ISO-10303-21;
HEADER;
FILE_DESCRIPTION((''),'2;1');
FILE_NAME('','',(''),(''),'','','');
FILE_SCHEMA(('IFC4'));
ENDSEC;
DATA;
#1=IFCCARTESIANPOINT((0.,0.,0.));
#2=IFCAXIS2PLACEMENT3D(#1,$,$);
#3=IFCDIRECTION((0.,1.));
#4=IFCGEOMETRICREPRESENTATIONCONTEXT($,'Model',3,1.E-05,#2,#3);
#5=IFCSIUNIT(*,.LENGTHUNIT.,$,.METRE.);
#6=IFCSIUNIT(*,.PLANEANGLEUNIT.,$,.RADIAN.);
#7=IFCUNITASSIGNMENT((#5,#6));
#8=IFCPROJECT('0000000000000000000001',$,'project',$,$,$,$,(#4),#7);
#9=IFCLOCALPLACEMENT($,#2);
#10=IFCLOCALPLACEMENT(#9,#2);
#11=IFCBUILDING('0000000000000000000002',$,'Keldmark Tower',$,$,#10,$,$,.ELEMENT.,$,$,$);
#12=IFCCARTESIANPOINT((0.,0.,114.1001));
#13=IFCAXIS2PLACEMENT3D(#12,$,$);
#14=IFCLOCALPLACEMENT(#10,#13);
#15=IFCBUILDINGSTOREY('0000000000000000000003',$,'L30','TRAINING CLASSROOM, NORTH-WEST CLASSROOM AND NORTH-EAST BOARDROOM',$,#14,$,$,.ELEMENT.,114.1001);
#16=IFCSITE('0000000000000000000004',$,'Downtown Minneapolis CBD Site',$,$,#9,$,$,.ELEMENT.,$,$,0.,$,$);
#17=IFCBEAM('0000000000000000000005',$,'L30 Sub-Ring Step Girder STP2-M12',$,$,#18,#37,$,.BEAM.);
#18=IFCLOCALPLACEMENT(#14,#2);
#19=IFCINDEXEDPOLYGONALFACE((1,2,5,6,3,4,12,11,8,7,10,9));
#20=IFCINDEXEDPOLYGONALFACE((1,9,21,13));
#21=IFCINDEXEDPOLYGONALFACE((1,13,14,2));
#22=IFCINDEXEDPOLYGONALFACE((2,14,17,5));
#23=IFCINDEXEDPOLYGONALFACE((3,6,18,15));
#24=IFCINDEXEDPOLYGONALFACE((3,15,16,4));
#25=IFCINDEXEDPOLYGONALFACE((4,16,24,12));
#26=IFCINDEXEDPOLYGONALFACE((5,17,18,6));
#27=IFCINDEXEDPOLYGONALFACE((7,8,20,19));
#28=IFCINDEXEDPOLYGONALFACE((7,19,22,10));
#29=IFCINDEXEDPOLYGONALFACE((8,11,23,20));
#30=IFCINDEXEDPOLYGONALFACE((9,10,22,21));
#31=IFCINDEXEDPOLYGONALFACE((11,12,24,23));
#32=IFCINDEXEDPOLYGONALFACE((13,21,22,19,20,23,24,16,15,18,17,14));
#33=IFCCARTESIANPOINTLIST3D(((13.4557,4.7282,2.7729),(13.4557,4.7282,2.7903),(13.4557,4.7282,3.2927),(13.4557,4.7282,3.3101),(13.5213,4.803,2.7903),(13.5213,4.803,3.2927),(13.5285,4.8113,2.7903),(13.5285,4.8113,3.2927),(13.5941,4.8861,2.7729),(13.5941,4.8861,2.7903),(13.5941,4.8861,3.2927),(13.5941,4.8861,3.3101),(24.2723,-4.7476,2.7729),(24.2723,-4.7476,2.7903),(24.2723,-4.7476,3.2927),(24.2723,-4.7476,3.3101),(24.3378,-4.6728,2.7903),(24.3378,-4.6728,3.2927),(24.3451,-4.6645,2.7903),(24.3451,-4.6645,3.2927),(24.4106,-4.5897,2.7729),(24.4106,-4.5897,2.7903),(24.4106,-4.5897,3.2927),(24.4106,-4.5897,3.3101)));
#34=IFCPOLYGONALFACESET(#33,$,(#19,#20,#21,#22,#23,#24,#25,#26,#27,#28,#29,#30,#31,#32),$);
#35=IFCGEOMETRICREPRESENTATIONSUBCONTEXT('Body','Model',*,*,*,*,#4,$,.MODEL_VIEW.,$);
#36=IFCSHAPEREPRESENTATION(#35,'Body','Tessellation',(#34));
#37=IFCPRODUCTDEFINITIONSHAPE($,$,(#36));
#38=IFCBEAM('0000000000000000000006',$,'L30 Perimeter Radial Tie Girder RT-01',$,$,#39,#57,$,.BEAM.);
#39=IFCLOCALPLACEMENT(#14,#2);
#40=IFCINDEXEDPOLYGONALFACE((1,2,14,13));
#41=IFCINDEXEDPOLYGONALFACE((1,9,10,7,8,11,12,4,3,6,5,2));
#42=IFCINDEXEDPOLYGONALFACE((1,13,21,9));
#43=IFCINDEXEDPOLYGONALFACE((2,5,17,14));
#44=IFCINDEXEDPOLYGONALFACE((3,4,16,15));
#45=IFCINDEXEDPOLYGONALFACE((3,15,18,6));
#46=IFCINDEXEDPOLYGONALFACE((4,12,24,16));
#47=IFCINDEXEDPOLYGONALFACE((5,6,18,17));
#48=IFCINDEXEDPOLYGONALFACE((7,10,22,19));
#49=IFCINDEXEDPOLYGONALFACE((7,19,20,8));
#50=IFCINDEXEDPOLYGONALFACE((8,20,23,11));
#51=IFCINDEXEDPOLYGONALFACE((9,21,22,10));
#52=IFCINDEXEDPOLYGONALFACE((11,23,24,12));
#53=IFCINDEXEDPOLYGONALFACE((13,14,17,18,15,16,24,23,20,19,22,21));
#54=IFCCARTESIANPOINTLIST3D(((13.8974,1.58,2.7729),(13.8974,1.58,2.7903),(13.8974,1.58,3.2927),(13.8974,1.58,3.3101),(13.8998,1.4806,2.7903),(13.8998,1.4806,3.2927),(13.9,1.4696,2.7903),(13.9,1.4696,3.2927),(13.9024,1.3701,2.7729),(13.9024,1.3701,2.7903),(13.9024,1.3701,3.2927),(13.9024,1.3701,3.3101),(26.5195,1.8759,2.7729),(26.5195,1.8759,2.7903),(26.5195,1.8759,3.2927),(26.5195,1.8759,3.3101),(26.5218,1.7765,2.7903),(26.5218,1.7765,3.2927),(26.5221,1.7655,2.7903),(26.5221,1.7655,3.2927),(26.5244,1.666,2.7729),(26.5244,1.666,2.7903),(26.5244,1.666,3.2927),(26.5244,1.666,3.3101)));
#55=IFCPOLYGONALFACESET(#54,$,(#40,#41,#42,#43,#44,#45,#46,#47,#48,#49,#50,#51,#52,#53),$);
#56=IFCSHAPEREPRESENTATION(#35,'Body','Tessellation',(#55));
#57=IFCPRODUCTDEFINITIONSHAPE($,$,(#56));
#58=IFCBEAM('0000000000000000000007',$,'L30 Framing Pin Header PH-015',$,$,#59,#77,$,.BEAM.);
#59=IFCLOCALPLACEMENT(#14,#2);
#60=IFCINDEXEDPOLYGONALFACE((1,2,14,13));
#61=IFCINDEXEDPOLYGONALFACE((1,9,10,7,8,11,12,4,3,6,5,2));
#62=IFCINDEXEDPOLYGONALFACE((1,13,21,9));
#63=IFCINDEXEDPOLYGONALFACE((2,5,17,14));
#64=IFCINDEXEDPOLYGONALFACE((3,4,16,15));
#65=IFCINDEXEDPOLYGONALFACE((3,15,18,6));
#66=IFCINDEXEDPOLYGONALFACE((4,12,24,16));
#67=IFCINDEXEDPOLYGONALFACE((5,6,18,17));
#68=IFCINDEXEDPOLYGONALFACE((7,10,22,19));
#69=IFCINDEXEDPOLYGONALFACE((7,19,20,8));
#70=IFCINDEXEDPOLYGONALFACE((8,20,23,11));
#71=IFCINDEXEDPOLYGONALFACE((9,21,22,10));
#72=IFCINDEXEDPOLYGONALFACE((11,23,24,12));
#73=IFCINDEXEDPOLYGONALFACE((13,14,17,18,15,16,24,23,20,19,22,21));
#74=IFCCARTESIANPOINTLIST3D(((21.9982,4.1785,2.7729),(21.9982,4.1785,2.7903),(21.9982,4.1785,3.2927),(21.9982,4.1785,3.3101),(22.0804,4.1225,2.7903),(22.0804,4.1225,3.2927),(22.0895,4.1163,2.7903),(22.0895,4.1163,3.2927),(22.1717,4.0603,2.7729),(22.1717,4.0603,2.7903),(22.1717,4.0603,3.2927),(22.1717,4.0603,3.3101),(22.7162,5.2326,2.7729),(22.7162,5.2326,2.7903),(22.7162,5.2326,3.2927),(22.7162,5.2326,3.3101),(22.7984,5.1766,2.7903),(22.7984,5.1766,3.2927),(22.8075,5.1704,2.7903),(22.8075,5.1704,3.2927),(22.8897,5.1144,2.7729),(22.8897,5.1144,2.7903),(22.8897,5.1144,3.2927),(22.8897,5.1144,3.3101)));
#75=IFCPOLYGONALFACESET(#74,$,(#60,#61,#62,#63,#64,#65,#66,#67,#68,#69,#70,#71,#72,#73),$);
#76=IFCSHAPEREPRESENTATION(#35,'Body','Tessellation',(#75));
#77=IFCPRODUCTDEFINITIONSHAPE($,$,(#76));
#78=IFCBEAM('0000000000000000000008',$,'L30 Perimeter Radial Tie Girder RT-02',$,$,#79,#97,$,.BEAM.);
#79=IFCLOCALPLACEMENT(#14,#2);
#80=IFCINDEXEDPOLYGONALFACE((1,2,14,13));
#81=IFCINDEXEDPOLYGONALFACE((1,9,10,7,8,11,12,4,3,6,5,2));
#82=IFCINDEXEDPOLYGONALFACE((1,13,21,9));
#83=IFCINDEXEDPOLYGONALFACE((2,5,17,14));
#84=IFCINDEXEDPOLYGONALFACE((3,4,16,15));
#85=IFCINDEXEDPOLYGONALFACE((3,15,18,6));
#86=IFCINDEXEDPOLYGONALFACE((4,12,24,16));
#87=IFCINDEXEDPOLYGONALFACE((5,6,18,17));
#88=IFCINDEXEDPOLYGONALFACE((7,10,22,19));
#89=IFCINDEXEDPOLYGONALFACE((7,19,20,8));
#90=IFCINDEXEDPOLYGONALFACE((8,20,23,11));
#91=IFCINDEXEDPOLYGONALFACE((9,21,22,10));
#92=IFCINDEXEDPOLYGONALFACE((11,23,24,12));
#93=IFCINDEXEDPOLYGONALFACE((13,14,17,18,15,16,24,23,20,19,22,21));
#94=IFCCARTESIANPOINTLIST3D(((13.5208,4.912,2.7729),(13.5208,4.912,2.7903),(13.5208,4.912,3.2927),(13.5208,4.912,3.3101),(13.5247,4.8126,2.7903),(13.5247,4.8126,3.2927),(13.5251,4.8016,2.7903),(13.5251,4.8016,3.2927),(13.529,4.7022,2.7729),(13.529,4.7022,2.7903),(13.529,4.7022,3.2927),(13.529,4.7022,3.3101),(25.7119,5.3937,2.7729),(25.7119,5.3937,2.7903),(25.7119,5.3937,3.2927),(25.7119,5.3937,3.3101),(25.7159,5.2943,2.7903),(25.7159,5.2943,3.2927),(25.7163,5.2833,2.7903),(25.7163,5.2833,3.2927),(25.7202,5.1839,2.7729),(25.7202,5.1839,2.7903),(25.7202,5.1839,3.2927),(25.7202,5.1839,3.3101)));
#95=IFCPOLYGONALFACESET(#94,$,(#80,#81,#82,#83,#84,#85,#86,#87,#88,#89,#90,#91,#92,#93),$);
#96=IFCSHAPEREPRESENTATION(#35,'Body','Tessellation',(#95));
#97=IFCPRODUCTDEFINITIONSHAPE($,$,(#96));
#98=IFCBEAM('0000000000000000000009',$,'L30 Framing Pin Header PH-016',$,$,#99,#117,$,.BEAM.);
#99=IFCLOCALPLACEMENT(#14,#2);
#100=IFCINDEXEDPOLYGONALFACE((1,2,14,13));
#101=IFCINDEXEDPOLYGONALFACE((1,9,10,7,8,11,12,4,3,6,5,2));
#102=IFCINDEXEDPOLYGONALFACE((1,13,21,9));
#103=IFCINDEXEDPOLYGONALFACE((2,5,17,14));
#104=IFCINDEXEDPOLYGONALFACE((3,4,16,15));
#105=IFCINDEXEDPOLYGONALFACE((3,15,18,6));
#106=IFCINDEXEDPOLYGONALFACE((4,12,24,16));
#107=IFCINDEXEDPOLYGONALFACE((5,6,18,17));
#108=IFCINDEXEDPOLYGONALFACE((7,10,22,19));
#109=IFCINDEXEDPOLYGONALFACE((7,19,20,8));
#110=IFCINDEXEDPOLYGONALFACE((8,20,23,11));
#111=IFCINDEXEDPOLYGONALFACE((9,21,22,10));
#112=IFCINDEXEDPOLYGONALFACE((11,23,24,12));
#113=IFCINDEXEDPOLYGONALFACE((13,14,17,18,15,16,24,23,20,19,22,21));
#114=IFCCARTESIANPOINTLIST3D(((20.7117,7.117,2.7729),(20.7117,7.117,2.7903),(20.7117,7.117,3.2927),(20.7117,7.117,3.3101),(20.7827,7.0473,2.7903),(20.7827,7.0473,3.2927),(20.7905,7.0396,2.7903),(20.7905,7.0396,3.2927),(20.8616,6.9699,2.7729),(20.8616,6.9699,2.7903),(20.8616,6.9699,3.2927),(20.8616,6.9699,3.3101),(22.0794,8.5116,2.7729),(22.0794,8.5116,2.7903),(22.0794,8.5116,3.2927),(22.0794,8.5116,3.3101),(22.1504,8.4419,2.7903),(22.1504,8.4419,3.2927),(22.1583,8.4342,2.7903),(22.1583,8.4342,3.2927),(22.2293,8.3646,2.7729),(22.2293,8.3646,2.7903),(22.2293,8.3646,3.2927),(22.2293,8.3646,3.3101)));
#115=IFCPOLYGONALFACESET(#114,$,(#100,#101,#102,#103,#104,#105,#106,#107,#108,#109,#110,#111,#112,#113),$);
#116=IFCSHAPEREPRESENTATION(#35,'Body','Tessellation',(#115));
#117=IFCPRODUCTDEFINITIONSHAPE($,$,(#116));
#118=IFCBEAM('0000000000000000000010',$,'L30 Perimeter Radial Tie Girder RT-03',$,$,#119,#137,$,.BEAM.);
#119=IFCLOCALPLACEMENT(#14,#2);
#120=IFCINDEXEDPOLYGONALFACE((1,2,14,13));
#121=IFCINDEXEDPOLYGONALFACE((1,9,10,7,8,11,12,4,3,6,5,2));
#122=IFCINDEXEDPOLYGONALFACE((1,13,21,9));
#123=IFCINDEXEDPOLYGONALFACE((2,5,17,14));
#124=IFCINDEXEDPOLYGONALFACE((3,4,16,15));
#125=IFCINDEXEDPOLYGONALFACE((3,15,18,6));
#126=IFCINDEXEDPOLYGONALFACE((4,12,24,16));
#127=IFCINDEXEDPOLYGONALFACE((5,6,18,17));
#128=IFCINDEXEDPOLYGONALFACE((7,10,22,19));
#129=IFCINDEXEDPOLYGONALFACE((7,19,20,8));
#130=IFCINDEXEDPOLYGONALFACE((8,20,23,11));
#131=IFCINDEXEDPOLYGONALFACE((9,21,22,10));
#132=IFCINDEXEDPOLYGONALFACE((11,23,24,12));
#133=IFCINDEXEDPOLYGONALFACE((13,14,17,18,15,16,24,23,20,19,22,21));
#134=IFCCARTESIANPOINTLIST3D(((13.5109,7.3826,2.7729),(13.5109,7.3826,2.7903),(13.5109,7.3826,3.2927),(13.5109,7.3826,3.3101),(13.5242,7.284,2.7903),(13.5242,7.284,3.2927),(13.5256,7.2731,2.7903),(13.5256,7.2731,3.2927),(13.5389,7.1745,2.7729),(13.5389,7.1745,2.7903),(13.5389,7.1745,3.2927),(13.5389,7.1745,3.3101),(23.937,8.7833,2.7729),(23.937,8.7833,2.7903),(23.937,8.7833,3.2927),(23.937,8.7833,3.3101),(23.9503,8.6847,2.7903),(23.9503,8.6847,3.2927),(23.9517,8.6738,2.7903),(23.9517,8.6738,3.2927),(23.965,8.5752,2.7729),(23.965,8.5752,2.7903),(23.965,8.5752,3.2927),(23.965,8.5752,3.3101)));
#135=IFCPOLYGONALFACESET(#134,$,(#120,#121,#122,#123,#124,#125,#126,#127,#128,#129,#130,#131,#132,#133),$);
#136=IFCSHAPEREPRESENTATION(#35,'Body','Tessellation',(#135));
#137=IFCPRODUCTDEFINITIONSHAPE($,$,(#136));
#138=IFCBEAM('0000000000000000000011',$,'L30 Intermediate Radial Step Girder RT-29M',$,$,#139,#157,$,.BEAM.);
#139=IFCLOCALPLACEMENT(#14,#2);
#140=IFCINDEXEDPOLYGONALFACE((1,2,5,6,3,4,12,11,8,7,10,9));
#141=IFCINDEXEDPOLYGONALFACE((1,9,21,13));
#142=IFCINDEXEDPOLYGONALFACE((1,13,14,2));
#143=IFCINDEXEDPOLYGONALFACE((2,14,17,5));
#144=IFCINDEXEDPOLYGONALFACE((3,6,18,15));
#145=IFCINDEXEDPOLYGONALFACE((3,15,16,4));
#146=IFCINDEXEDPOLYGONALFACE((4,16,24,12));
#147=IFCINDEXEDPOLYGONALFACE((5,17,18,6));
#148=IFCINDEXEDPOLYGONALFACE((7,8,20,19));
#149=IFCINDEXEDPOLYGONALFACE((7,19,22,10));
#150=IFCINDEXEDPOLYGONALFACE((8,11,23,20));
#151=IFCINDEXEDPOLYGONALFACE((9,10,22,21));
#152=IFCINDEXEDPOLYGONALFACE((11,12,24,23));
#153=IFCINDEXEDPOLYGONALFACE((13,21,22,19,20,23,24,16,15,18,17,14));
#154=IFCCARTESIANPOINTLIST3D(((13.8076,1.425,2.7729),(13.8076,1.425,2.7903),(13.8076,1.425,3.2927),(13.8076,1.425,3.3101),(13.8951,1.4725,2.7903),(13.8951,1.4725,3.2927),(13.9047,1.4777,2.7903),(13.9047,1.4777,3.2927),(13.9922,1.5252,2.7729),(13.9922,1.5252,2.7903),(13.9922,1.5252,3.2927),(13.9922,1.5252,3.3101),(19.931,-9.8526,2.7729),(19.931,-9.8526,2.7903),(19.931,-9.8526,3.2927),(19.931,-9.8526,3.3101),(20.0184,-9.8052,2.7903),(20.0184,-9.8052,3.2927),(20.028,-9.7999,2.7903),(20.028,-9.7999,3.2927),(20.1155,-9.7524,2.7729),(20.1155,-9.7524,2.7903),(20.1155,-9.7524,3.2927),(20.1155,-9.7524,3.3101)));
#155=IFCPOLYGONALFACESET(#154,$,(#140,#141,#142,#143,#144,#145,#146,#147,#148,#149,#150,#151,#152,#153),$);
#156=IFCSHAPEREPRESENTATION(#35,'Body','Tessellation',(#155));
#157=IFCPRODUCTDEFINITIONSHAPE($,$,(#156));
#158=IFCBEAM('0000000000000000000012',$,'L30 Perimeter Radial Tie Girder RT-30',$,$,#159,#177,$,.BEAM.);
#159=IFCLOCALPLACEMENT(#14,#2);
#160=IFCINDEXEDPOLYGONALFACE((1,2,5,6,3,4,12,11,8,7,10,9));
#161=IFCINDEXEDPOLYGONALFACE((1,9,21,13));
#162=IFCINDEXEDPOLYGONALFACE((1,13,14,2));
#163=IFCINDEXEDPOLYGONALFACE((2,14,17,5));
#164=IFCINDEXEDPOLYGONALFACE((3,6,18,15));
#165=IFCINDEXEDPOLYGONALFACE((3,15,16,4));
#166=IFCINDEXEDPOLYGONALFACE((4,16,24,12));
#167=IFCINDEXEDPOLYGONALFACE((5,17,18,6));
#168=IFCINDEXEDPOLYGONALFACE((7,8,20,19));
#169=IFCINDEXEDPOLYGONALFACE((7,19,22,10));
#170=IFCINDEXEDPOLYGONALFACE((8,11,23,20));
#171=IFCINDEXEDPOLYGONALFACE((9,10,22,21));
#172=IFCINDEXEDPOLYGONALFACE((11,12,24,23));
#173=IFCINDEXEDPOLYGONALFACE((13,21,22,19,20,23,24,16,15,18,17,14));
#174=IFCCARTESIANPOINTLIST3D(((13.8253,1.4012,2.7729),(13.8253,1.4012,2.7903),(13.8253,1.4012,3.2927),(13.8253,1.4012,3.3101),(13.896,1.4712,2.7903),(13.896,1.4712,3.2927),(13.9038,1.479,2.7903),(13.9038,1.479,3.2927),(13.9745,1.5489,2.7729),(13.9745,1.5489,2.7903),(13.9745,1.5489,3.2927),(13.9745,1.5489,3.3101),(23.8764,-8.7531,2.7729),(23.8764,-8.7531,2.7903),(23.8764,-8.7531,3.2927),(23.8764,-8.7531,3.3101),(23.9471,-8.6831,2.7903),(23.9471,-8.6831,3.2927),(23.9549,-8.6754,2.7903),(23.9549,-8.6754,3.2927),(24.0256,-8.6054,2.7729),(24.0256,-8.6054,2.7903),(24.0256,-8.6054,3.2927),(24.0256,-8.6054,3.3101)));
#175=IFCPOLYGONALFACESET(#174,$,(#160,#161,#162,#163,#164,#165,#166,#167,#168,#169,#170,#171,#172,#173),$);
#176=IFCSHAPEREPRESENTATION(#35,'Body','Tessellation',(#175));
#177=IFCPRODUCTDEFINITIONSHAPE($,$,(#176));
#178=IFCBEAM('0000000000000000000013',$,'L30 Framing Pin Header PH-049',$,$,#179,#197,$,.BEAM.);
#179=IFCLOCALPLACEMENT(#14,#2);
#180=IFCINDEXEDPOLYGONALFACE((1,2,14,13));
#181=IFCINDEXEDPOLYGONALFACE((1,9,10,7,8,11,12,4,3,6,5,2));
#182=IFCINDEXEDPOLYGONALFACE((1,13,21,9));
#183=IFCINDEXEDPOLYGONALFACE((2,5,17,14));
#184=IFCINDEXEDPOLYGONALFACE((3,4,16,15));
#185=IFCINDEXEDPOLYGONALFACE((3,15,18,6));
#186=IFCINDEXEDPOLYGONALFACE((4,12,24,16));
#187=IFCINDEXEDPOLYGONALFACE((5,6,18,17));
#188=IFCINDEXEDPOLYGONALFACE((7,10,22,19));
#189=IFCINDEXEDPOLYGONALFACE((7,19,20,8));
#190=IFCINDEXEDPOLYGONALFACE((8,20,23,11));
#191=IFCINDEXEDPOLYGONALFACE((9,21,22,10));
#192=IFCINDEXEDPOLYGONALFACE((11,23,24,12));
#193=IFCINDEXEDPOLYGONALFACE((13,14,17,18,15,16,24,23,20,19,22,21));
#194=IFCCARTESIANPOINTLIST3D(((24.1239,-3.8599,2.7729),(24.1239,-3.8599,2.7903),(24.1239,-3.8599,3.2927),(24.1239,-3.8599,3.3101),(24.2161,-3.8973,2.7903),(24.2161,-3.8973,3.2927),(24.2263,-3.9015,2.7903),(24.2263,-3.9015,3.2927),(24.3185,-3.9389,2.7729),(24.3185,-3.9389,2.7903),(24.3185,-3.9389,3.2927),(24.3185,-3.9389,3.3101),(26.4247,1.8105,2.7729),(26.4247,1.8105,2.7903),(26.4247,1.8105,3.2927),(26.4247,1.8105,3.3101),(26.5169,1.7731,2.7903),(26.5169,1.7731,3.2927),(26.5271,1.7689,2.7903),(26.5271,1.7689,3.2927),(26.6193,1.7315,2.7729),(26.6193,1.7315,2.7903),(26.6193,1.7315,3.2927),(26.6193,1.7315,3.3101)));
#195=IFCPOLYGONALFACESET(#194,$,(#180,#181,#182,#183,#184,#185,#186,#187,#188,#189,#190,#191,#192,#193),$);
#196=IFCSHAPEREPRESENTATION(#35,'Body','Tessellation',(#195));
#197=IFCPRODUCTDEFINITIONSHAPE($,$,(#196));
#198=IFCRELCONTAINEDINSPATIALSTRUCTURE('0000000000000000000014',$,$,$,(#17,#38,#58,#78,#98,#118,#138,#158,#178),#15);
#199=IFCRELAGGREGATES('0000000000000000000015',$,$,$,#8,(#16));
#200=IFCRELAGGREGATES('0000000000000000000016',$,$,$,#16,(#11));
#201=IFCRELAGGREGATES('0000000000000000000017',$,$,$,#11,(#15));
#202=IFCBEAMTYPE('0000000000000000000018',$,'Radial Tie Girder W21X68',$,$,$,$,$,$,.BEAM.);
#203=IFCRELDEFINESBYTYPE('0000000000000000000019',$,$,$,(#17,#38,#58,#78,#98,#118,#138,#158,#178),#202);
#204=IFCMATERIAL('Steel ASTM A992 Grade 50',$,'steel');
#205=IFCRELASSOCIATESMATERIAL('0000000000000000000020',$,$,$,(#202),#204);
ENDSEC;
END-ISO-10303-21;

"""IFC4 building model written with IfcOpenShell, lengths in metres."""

from ifc_helpers import new_model, si_unit, direction, frame, origin, origin_2d, place, context, subcontext, project, spatial, i_section, extrude, material, material_profile, profile_set, type_object, element, save


model = new_model("IFC4")

# Units and contexts
model_context = context("Model", 3, precision=1e-05, world=origin(), true_north=direction((0.0, 1.0)))
body_context = subcontext(model_context, "Body", "Model", "MODEL_VIEW")
ifc_project = project(units=[si_unit("LENGTHUNIT", "METRE"), si_unit("PLANEANGLEUNIT", "RADIAN")], contexts=[model_context])

# Site, building, storey
site_placement = place(None, origin())
site = spatial("IfcSite", under=ifc_project, at=site_placement, Name="Downtown Minneapolis CBD Site", CompositionType="ELEMENT", RefElevation=0.0)
building_placement = place(site_placement, origin())
building = spatial("IfcBuilding", under=site, at=building_placement, Name="Keldmark Tower", CompositionType="ELEMENT")
storey_placement = place(building_placement, frame((0.0, 0.0, 114.1001)))
storey = spatial("IfcBuildingStorey", under=building, at=storey_placement, Name="L30", Description="TRAINING CLASSROOM, NORTH-WEST CLASSROOM AND NORTH-EAST BOARDROOM", CompositionType="ELEMENT", Elevation=114.1001)

# Beams
ifc_material_1 = material(Name="Steel ASTM A992 Grade 50", Category="steel")
ifc_material_profile_1 = material_profile(ifc_material_1, i_section(OverallWidth=0.21, OverallDepth=0.5371, WebThickness=0.011, FlangeThickness=0.0173, at=origin_2d()), Name="W21X68")
ifc_profile_set_1 = profile_set([ifc_material_profile_1], Name="Steel ASTM A992 Grade 50")
beam_type_1 = type_object("IfcBeamType", Name="Radial Tie Girder W21X68", PredefinedType="BEAM", material=ifc_profile_set_1)
beam_1_placement = place(storey_placement, frame((13.5249, 4.8071, 3.0415), z_axis=(0.752188, -0.658948, 0.0), x_axis=(0.658948, 0.752188, 0.0)))
element("IfcBeam", 1, at=beam_1_placement, inside=storey, type_object=beam_type_1, Name="L30 Sub-Ring Step Girder STP2-M12", PredefinedType="BEAM", context=body_context, shape_type="SweptSolid", body=[
    extrude(i_section(OverallWidth=0.21, OverallDepth=0.5371, WebThickness=0.011, FlangeThickness=0.0173, at=origin_2d()), origin(), (0.0, 0.0, 1.0), 14.3801),
])
beam_2_placement = place(storey_placement, frame((13.8999, 1.4751, 3.0415), z_axis=(0.999725, 0.023437, 0.0), x_axis=(-0.023437, 0.999725, 0.0)))
element("IfcBeam", 2, at=beam_2_placement, inside=storey, type_object=beam_type_1, Name="L30 Perimeter Radial Tie Girder RT-01", PredefinedType="BEAM", context=body_context, shape_type="SweptSolid", body=[
    extrude(i_section(OverallWidth=0.21, OverallDepth=0.5371, WebThickness=0.011, FlangeThickness=0.0173, at=origin_2d()), origin(), (0.0, 0.0, 1.0), 12.6255),
])
beam_3_placement = place(storey_placement, frame((22.085, 4.1194, 3.0415), z_axis=(0.562933, 0.826503, 0.0), x_axis=(-0.826503, 0.562933, 0.0)))
element("IfcBeam", 3, at=beam_3_placement, inside=storey, type_object=beam_type_1, Name="L30 Framing Pin Header PH-015", PredefinedType="BEAM", context=body_context, shape_type="SweptSolid", body=[
    extrude(i_section(OverallWidth=0.21, OverallDepth=0.5371, WebThickness=0.011, FlangeThickness=0.0173, at=origin_2d()), origin(), (0.0, 0.0, 1.0), 1.2754),
])
beam_4_placement = place(storey_placement, frame((13.5249, 4.8071, 3.0415), z_axis=(0.99922, 0.039481, 0.0), x_axis=(-0.039481, 0.99922, 0.0)))
element("IfcBeam", 4, at=beam_4_placement, inside=storey, type_object=beam_type_1, Name="L30 Perimeter Radial Tie Girder RT-02", PredefinedType="BEAM", context=body_context, shape_type="SweptSolid", body=[
    extrude(i_section(OverallWidth=0.21, OverallDepth=0.5371, WebThickness=0.011, FlangeThickness=0.0173, at=origin_2d()), origin(), (0.0, 0.0, 1.0), 12.2007),
])
beam_5_placement = place(storey_placement, frame((20.7866, 7.0435, 3.0415), z_axis=(0.700199, 0.713948, 0.0), x_axis=(-0.713948, 0.700199, 0.0)))
element("IfcBeam", 5, at=beam_5_placement, inside=storey, type_object=beam_type_1, Name="L30 Framing Pin Header PH-016", PredefinedType="BEAM", context=body_context, shape_type="SweptSolid", body=[
    extrude(i_section(OverallWidth=0.21, OverallDepth=0.5371, WebThickness=0.011, FlangeThickness=0.0173, at=origin_2d()), origin(), (0.0, 0.0, 1.0), 1.9534),
])
beam_6_placement = place(storey_placement, frame((13.5249, 7.2786, 3.0415), z_axis=(0.991097, 0.133144, 0.0), x_axis=(-0.133144, 0.991097, 0.0)))
element("IfcBeam", 6, at=beam_6_placement, inside=storey, type_object=beam_type_1, Name="L30 Perimeter Radial Tie Girder RT-03", PredefinedType="BEAM", context=body_context, shape_type="SweptSolid", body=[
    extrude(i_section(OverallWidth=0.21, OverallDepth=0.5371, WebThickness=0.011, FlangeThickness=0.0173, at=origin_2d()), origin(), (0.0, 0.0, 1.0), 10.5198),
])
beam_7_placement = place(storey_placement, frame((13.8999, 1.4751, 3.0415), z_axis=(0.477162, -0.878815, 0.0), x_axis=(0.878815, 0.477162, 0.0)))
element("IfcBeam", 7, at=beam_7_placement, inside=storey, type_object=beam_type_1, Name="L30 Intermediate Radial Step Girder RT-29M", PredefinedType="BEAM", context=body_context, shape_type="SweptSolid", body=[
    extrude(i_section(OverallWidth=0.21, OverallDepth=0.5371, WebThickness=0.011, FlangeThickness=0.0173, at=origin_2d()), origin(), (0.0, 0.0, 1.0), 12.8328),
])
beam_8_placement = place(storey_placement, frame((13.8999, 1.4751, 3.0415), z_axis=(0.703483, -0.710712, 0.0), x_axis=(0.710712, 0.703483, 0.0)))
element("IfcBeam", 8, at=beam_8_placement, inside=storey, type_object=beam_type_1, Name="L30 Perimeter Radial Tie Girder RT-30", PredefinedType="BEAM", context=body_context, shape_type="SweptSolid", body=[
    extrude(i_section(OverallWidth=0.21, OverallDepth=0.5371, WebThickness=0.011, FlangeThickness=0.0173, at=origin_2d()), origin(), (0.0, 0.0, 1.0), 14.2876),
])
beam_9_placement = place(storey_placement, frame((26.522, 1.771, 3.0415), z_axis=(-0.375981, -0.926627, 0.0), x_axis=(0.926627, -0.375981, 0.0)))
element("IfcBeam", 9, at=beam_9_placement, inside=storey, type_object=beam_type_1, Name="L30 Framing Pin Header PH-049", PredefinedType="BEAM", context=body_context, shape_type="SweptSolid", body=[
    extrude(i_section(OverallWidth=0.21, OverallDepth=0.5371, WebThickness=0.011, FlangeThickness=0.0173, at=origin_2d()), origin(), (0.0, 0.0, 1.0), 6.1194),
])

save(model, "model.ifc")
